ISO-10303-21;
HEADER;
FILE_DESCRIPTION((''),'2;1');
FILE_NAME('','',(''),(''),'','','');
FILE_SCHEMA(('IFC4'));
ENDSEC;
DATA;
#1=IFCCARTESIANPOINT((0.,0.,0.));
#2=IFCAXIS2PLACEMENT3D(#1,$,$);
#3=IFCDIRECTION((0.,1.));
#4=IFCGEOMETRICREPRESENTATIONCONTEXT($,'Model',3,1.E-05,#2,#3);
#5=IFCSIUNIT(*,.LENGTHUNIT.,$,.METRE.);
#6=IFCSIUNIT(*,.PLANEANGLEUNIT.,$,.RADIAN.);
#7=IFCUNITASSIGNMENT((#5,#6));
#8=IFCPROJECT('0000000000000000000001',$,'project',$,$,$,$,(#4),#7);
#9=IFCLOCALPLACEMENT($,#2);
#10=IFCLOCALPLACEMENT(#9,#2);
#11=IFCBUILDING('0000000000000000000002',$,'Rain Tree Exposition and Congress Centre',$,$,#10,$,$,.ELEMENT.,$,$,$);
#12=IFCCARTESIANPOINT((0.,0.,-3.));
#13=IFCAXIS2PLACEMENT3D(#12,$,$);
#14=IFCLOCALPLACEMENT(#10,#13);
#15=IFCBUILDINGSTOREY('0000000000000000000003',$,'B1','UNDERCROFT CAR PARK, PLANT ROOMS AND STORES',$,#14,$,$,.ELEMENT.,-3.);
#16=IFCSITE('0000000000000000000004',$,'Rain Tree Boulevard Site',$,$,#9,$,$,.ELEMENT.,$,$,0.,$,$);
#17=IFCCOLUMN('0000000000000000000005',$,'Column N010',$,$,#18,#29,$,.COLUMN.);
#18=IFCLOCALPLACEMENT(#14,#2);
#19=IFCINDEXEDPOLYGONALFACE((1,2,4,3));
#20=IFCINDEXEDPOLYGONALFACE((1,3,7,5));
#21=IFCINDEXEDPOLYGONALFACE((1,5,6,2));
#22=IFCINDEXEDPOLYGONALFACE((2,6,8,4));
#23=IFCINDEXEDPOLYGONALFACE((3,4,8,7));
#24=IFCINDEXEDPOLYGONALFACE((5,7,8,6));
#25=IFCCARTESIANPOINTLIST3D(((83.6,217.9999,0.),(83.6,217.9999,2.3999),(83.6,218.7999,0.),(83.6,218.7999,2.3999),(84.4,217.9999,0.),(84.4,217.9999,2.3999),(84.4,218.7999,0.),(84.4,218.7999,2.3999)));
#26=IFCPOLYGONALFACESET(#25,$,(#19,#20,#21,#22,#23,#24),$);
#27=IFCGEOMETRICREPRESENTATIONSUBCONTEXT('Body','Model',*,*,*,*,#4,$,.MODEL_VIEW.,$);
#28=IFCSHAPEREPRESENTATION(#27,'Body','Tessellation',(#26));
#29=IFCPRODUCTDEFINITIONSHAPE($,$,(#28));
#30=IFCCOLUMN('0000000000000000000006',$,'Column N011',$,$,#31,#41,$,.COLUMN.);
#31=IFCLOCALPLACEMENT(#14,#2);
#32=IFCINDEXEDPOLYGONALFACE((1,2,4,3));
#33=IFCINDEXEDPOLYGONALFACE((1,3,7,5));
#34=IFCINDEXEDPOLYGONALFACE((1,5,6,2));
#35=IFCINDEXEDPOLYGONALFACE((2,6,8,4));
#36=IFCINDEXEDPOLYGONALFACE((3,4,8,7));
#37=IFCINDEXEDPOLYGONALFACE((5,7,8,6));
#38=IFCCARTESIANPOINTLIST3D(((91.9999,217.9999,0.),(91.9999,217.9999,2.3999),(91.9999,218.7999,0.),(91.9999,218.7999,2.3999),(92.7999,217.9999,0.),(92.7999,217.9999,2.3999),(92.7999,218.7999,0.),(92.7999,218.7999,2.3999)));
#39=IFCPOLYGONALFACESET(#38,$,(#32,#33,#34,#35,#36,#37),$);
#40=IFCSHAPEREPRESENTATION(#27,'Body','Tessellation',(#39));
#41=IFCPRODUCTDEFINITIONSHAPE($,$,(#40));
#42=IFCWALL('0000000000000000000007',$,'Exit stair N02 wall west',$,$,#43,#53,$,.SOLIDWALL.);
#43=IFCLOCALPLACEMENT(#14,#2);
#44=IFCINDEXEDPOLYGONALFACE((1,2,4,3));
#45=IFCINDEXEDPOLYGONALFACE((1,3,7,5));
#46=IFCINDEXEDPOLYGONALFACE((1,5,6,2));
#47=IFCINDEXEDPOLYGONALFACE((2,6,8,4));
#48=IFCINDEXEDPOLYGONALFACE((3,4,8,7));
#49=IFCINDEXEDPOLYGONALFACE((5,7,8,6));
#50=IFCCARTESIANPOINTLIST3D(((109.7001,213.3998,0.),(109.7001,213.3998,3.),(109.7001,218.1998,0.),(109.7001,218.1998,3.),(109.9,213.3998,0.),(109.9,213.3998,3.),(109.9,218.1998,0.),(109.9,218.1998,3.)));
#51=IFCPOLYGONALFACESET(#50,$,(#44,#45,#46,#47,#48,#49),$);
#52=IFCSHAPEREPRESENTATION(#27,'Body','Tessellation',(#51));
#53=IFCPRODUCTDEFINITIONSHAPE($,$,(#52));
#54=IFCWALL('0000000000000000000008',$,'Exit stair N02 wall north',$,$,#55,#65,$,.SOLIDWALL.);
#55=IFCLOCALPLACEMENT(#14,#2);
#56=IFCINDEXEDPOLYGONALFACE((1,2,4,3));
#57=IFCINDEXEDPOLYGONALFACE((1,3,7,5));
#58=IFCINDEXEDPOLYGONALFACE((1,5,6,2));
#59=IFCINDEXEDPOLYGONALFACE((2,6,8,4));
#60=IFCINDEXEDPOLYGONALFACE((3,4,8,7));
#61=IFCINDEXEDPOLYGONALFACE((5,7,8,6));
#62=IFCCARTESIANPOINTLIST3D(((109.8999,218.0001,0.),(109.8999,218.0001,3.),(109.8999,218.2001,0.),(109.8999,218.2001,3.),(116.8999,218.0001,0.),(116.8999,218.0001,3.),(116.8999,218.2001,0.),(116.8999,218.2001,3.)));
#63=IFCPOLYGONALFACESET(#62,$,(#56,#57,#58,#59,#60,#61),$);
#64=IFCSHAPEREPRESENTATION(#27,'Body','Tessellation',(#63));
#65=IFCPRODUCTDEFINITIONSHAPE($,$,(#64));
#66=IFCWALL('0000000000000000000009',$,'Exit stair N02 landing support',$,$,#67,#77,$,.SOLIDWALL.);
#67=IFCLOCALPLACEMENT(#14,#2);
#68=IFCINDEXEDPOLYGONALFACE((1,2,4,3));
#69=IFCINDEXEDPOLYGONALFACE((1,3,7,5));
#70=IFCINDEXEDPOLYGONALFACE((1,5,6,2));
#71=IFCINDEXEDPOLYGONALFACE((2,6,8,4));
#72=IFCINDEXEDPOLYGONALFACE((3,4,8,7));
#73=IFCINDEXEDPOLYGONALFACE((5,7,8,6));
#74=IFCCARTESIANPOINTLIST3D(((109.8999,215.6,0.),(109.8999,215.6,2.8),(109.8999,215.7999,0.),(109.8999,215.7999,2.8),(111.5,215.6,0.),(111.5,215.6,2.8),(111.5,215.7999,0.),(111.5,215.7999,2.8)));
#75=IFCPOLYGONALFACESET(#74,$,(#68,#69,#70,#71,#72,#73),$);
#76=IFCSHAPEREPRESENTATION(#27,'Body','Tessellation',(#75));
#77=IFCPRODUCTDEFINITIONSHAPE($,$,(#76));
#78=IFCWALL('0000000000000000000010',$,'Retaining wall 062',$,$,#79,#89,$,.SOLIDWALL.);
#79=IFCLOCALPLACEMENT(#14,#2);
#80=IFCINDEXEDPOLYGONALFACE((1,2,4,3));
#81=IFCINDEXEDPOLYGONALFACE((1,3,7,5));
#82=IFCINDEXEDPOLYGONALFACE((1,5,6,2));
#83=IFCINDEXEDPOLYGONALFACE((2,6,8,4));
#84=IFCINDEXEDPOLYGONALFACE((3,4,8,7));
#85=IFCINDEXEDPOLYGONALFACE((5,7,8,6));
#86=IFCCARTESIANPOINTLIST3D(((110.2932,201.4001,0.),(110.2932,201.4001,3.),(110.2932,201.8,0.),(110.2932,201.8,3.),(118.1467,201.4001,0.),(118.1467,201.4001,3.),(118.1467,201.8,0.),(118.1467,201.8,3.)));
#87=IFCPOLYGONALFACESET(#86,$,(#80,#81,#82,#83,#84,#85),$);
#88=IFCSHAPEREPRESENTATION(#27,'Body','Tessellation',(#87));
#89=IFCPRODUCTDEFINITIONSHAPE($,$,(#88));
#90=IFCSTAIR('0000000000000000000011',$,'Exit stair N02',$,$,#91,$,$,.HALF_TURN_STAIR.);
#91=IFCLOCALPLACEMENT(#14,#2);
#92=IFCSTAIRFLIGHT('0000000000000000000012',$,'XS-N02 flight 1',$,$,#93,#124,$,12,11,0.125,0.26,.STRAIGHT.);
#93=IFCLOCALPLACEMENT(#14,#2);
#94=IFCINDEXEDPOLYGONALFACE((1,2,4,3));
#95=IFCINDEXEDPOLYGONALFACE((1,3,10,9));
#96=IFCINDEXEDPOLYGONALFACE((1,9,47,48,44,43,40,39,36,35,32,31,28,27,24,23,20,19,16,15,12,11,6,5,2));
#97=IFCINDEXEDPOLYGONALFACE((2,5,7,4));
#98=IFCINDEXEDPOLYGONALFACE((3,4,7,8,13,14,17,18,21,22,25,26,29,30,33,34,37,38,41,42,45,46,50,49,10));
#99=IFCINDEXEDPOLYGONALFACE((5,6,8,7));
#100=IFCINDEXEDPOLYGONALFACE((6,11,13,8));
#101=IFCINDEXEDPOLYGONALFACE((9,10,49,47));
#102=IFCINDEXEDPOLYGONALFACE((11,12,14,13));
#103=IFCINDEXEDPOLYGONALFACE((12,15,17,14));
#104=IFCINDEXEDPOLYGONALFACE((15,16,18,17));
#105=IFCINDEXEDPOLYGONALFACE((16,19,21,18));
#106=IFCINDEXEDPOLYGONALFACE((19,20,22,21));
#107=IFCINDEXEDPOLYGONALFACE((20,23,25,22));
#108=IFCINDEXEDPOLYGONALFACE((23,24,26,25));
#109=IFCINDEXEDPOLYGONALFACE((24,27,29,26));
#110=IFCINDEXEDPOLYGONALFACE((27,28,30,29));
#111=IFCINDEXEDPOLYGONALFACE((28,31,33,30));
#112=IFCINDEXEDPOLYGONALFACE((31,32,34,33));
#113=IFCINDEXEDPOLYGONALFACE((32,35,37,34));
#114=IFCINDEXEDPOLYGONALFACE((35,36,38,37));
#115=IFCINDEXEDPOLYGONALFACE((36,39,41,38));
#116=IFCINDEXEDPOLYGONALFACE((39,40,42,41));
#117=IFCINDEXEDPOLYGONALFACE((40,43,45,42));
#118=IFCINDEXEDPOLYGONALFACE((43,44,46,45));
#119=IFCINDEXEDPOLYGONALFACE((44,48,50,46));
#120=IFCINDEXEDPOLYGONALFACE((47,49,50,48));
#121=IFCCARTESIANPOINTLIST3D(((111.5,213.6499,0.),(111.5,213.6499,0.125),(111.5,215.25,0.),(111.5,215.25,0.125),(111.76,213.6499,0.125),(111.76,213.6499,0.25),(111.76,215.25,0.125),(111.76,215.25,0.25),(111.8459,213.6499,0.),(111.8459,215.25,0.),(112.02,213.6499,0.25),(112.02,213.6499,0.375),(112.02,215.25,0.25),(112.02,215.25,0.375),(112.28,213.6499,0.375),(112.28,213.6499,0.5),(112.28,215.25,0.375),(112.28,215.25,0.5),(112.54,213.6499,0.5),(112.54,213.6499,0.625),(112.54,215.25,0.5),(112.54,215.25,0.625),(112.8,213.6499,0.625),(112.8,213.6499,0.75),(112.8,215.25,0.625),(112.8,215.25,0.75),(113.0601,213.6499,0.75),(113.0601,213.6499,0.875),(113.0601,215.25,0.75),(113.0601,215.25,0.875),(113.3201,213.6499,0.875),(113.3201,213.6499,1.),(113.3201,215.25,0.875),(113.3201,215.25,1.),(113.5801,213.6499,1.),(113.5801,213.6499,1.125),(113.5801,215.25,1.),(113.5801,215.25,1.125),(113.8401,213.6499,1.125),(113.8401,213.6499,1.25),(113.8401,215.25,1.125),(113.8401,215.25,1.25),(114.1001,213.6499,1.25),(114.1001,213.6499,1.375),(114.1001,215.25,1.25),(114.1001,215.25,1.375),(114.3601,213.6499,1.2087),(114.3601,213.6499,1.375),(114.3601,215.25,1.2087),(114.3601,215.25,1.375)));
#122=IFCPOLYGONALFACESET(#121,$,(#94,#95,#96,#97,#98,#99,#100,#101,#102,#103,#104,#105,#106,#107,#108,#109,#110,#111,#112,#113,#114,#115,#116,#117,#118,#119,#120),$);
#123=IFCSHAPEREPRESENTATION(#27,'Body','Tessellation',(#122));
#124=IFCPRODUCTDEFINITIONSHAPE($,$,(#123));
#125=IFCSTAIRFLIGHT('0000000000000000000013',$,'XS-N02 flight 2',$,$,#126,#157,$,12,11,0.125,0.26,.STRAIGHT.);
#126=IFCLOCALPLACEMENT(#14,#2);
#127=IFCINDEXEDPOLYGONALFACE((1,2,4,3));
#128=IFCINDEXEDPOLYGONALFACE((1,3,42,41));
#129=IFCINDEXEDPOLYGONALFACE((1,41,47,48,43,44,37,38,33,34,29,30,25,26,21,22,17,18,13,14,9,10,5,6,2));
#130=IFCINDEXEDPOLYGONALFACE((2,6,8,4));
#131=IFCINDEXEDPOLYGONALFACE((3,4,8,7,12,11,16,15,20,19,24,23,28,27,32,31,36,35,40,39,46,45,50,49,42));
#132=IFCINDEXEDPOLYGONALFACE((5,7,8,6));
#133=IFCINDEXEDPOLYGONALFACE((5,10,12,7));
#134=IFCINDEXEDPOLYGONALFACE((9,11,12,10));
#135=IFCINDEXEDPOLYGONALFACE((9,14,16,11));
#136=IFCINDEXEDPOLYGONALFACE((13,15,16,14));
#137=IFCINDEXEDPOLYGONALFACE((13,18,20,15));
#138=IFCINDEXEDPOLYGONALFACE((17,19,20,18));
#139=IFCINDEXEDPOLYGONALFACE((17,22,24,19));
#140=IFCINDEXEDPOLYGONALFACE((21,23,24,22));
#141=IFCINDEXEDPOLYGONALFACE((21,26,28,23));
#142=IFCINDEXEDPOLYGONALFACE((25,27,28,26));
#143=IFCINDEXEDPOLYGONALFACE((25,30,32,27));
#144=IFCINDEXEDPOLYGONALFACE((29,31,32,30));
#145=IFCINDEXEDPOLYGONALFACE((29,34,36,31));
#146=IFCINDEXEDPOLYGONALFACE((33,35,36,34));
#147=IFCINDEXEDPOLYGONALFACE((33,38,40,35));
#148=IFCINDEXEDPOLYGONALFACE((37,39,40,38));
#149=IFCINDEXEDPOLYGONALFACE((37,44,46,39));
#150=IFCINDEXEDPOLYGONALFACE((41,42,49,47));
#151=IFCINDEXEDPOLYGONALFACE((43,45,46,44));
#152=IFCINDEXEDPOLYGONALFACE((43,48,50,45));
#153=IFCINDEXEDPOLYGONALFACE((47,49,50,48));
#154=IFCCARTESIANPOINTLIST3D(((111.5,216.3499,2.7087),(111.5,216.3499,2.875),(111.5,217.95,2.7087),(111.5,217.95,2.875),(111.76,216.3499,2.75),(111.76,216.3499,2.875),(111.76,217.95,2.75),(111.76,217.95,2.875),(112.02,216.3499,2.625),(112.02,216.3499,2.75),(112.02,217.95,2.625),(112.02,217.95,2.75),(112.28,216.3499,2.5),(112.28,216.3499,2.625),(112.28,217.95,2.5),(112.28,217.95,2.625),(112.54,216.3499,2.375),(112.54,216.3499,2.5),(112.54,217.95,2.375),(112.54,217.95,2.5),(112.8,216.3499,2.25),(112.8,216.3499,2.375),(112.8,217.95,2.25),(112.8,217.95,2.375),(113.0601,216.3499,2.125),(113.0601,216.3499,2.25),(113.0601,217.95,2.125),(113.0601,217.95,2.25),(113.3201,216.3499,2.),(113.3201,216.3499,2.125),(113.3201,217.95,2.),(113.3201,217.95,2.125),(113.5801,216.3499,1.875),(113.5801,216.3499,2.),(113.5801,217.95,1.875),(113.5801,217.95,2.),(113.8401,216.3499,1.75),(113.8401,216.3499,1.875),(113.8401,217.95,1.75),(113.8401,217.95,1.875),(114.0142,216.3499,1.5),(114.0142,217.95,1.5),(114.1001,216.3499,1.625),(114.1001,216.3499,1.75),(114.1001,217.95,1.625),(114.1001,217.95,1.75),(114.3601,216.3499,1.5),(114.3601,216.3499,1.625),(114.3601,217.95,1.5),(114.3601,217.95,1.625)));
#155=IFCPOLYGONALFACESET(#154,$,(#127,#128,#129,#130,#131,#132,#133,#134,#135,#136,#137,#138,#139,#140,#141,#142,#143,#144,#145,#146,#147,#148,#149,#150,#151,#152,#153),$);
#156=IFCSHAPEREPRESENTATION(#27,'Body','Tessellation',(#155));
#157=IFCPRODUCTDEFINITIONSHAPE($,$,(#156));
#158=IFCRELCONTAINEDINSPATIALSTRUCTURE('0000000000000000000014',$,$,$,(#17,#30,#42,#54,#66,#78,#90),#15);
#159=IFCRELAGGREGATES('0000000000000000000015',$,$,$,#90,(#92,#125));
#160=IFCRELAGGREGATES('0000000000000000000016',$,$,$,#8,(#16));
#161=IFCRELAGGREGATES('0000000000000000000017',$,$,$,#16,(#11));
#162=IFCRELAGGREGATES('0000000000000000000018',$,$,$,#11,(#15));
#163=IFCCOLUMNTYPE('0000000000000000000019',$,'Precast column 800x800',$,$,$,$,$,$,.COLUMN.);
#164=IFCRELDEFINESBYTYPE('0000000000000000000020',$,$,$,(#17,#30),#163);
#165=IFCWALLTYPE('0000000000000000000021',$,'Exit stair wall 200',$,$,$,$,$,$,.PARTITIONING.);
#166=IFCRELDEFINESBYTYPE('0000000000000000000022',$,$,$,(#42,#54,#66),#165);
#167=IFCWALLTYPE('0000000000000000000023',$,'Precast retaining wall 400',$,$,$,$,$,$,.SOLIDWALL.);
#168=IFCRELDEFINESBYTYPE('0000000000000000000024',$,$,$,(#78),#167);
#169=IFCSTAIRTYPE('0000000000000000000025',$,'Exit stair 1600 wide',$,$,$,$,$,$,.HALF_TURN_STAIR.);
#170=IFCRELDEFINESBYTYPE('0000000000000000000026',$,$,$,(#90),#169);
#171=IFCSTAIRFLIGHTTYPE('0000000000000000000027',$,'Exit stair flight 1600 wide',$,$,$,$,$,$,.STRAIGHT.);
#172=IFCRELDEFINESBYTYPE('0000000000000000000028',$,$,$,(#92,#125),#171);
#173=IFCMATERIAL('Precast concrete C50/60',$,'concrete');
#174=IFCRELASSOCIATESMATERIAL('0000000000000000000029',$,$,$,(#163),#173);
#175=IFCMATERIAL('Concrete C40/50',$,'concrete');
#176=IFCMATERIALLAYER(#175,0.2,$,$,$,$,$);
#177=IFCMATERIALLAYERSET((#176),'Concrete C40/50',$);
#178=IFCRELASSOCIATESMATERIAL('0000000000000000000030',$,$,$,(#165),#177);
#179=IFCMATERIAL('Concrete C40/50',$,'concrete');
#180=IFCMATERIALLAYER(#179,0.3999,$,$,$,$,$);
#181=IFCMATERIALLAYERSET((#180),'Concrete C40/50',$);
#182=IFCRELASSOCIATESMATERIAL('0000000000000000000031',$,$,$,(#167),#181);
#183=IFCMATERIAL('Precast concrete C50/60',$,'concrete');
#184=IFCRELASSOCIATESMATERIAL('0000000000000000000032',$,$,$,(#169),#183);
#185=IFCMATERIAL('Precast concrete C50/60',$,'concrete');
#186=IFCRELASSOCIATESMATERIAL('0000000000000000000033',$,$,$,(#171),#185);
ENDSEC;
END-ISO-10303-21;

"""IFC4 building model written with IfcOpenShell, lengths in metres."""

from ifc_helpers import new_model, si_unit, direction, frame, frame_2d, origin, origin_2d, place, context, subcontext, project, spatial, polyline, rectangle, outline, extrude, material, layer, layer_set, material_profile, profile_set, type_object, element, aggregate, save


model = new_model("IFC4")

# Units and contexts
model_context = context("Model", 3, precision=1e-05, world=origin(), true_north=direction((0.0, 1.0)))
body_context = subcontext(model_context, "Body", "Model", "MODEL_VIEW")
ifc_project = project(units=[si_unit("LENGTHUNIT", "METRE"), si_unit("PLANEANGLEUNIT", "RADIAN")], contexts=[model_context])

# Site, building, storey
site_placement = place(None, origin())
site = spatial("IfcSite", under=ifc_project, at=site_placement, Name="Rain Tree Boulevard Site", CompositionType="ELEMENT", RefElevation=0.0)
building_placement = place(site_placement, origin())
building = spatial("IfcBuilding", under=site, at=building_placement, Name="Rain Tree Exposition and Congress Centre", CompositionType="ELEMENT")
storey_placement = place(building_placement, frame((0.0, 0.0, -3.0)))
storey = spatial("IfcBuildingStorey", under=building, at=storey_placement, Name="B1", Description="UNDERCROFT CAR PARK, PLANT ROOMS AND STORES", CompositionType="ELEMENT", Elevation=-3.0)

# Columns
ifc_material_1 = material(Name="Precast concrete C50/60", Category="concrete")
ifc_material_profile_1 = material_profile(ifc_material_1, rectangle(XDim=0.8, YDim=0.8, at=origin_2d()), Name="RC 800x800")
ifc_profile_set_1 = profile_set([ifc_material_profile_1], Name="Precast concrete C50/60")
column_type = type_object("IfcColumnType", Name="Precast column 800x800", PredefinedType="COLUMN", material=ifc_profile_set_1)
for number, where, z_axis, x_axis, name in (
    (1, (84.0, 218.3999, 0.0), (0.0, 0.0, 1.0), (1.0, 0.0, 0.0), "Column N010"),
    (2, (92.3999, 218.3999, 0.0), (0.0, 0.0, 1.0), (1.0, 0.0, 0.0), "Column N011"),
):
    element("IfcColumn", number, at=place(storey_placement, frame(where, z_axis=z_axis, x_axis=x_axis)), inside=storey, type_object=column_type, Name=name, PredefinedType="COLUMN", context=body_context, shape_type="SweptSolid", body=[
        extrude(rectangle(XDim=0.8, YDim=0.8, at=origin_2d()), origin(), (0.0, 0.0, 1.0), 2.3999),
    ])

# Wall
ifc_material_2 = material(Name="Concrete C40/50", Category="concrete")
ifc_layer_1 = layer(ifc_material_2, 0.2)
ifc_layer_set_1 = layer_set([ifc_layer_1], Name="Concrete C40/50")
wall_type_1 = type_object("IfcWallType", Name="Exit stair wall 200", PredefinedType="PARTITIONING", material=ifc_layer_set_1)
wall_1_placement = place(storey_placement, frame((109.8, 213.3999, 0.0), z_axis=(0.0, 0.0, 1.0), x_axis=(0.0, 1.0, 0.0)))
element("IfcWall", 3, at=wall_1_placement, inside=storey, type_object=wall_type_1, Name="Exit stair N02 wall west", PredefinedType="SOLIDWALL", context=body_context, shape_type="SweptSolid", body=[
    extrude(rectangle(XDim=4.8, YDim=0.2, at=frame_2d((2.3999, 0.0))), origin(), (0.0, 0.0, 1.0), 3.0),
])

# Walls
wall_2_placement = place(storey_placement, frame((109.8999, 218.1001, 0.0), z_axis=(0.0, 0.0, 1.0), x_axis=(1.0, 0.0, 0.0)))
element("IfcWall", 4, at=wall_2_placement, inside=storey, type_object=wall_type_1, Name="Exit stair N02 wall north", PredefinedType="SOLIDWALL", context=body_context, shape_type="SweptSolid", body=[
    extrude(rectangle(XDim=7.0, YDim=0.2, at=frame_2d((3.5, 0.0))), origin(), (0.0, 0.0, 1.0), 3.0),
])
wall_3_placement = place(storey_placement, frame((109.8999, 215.7, 0.0), z_axis=(0.0, 0.0, 1.0), x_axis=(1.0, 0.0, 0.0)))
element("IfcWall", 5, at=wall_3_placement, inside=storey, type_object=wall_type_1, Name="Exit stair N02 landing support", PredefinedType="SOLIDWALL", context=body_context, shape_type="SweptSolid", body=[
    extrude(rectangle(XDim=1.6001, YDim=0.2, at=frame_2d((0.8, 0.0))), origin(), (0.0, 0.0, 1.0), 2.8),
])
ifc_material_3 = material(Name="Concrete C40/50", Category="concrete")
ifc_layer_2 = layer(ifc_material_3, 0.3999)
ifc_layer_set_2 = layer_set([ifc_layer_2], Name="Concrete C40/50")
wall_type_2 = type_object("IfcWallType", Name="Precast retaining wall 400", PredefinedType="SOLIDWALL", material=ifc_layer_set_2)
wall_4_placement = place(storey_placement, frame((110.2932, 201.6001, 0.0), z_axis=(0.0, 0.0, 1.0), x_axis=(1.0, 0.0, 0.0)))
element("IfcWall", 6, at=wall_4_placement, inside=storey, type_object=wall_type_2, Name="Retaining wall 062", PredefinedType="SOLIDWALL", context=body_context, shape_type="SweptSolid", body=[
    extrude(rectangle(XDim=7.8535, YDim=0.3999, at=frame_2d((3.9268, 0.0))), origin(), (0.0, 0.0, 1.0), 3.0),
])

# Stair, stair flights
ifc_material_4 = material(Name="Precast concrete C50/60", Category="concrete")
stair_type = type_object("IfcStairType", Name="Exit stair 1600 wide", PredefinedType="HALF_TURN_STAIR", material=ifc_material_4)
stair_placement = place(storey_placement, origin())
stair = element("IfcStair", 7, at=stair_placement, inside=storey, type_object=stair_type, Name="Exit stair N02", PredefinedType="HALF_TURN_STAIR")
ifc_material_5 = material(Name="Precast concrete C50/60", Category="concrete")
stair_flight_type = type_object("IfcStairFlightType", Name="Exit stair flight 1600 wide", PredefinedType="STRAIGHT", material=ifc_material_5)
stair_flight_1_placement = place(storey_placement, frame((111.5, 214.45, 0.0), z_axis=(0.0, 0.0, 1.0), x_axis=(1.0, 0.0, 0.0)))
stair_flight_1 = element("IfcStairFlight", 8, at=stair_flight_1_placement, type_object=stair_flight_type, Name="XS-N02 flight 1", NumberOfRisers=12, NumberOfTreads=11, PredefinedType="STRAIGHT", RiserHeight=0.125, TreadLength=0.26, context=body_context, shape_type="SweptSolid", body=[
    extrude(outline(polyline([(0.0, 0.0), (0.0, 0.125), (0.26, 0.125), (0.26, 0.25), (0.52, 0.25), (0.52, 0.375), (0.78, 0.375), (0.78, 0.5), (1.04, 0.5), (1.04, 0.625), (1.3, 0.625), (1.3, 0.75), (1.5601, 0.75), (1.5601, 0.875), (1.8201, 0.875), (1.8201, 1.0), (2.0801, 1.0), (2.0801, 1.125), (2.3401, 1.125), (2.3401, 1.25), (2.6001, 1.25), (2.6001, 1.375), (2.8601, 1.375), (2.8601, 1.5), (2.8601, 1.2087), (0.3459, 0.0), (0.0, 0.0)])), frame((0.0, 0.8, 0.0), z_axis=(0.0, -1.0, 0.0), x_axis=(1.0, 0.0, 0.0)), (0.0, 0.0, 1.0), 1.6001),
])
stair_flight_2_placement = place(storey_placement, frame((114.3601, 217.1499, 1.5), z_axis=(0.0, 0.0, 1.0), x_axis=(-1.0, 0.0, 0.0)))
stair_flight_2 = element("IfcStairFlight", 9, at=stair_flight_2_placement, type_object=stair_flight_type, Name="XS-N02 flight 2", NumberOfRisers=12, NumberOfTreads=11, PredefinedType="STRAIGHT", RiserHeight=0.125, TreadLength=0.26, context=body_context, shape_type="SweptSolid", body=[
    extrude(outline(polyline([(0.0, 0.0), (0.0, 0.125), (0.26, 0.125), (0.26, 0.25), (0.52, 0.25), (0.52, 0.375), (0.78, 0.375), (0.78, 0.5), (1.04, 0.5), (1.04, 0.625), (1.3, 0.625), (1.3, 0.75), (1.5601, 0.75), (1.5601, 0.875), (1.8201, 0.875), (1.8201, 1.0), (2.0801, 1.0), (2.0801, 1.125), (2.3401, 1.125), (2.3401, 1.25), (2.6001, 1.25), (2.6001, 1.375), (2.8601, 1.375), (2.8601, 1.5), (2.8601, 1.2087), (0.3459, 0.0), (0.0, 0.0)])), frame((0.0, 0.8, 0.0), z_axis=(0.0, -1.0, 0.0), x_axis=(1.0, 0.0, 0.0)), (0.0, 0.0, 1.0), 1.6001),
])
aggregate(stair, [stair_flight_1, stair_flight_2])

save(model, "model.ifc")
